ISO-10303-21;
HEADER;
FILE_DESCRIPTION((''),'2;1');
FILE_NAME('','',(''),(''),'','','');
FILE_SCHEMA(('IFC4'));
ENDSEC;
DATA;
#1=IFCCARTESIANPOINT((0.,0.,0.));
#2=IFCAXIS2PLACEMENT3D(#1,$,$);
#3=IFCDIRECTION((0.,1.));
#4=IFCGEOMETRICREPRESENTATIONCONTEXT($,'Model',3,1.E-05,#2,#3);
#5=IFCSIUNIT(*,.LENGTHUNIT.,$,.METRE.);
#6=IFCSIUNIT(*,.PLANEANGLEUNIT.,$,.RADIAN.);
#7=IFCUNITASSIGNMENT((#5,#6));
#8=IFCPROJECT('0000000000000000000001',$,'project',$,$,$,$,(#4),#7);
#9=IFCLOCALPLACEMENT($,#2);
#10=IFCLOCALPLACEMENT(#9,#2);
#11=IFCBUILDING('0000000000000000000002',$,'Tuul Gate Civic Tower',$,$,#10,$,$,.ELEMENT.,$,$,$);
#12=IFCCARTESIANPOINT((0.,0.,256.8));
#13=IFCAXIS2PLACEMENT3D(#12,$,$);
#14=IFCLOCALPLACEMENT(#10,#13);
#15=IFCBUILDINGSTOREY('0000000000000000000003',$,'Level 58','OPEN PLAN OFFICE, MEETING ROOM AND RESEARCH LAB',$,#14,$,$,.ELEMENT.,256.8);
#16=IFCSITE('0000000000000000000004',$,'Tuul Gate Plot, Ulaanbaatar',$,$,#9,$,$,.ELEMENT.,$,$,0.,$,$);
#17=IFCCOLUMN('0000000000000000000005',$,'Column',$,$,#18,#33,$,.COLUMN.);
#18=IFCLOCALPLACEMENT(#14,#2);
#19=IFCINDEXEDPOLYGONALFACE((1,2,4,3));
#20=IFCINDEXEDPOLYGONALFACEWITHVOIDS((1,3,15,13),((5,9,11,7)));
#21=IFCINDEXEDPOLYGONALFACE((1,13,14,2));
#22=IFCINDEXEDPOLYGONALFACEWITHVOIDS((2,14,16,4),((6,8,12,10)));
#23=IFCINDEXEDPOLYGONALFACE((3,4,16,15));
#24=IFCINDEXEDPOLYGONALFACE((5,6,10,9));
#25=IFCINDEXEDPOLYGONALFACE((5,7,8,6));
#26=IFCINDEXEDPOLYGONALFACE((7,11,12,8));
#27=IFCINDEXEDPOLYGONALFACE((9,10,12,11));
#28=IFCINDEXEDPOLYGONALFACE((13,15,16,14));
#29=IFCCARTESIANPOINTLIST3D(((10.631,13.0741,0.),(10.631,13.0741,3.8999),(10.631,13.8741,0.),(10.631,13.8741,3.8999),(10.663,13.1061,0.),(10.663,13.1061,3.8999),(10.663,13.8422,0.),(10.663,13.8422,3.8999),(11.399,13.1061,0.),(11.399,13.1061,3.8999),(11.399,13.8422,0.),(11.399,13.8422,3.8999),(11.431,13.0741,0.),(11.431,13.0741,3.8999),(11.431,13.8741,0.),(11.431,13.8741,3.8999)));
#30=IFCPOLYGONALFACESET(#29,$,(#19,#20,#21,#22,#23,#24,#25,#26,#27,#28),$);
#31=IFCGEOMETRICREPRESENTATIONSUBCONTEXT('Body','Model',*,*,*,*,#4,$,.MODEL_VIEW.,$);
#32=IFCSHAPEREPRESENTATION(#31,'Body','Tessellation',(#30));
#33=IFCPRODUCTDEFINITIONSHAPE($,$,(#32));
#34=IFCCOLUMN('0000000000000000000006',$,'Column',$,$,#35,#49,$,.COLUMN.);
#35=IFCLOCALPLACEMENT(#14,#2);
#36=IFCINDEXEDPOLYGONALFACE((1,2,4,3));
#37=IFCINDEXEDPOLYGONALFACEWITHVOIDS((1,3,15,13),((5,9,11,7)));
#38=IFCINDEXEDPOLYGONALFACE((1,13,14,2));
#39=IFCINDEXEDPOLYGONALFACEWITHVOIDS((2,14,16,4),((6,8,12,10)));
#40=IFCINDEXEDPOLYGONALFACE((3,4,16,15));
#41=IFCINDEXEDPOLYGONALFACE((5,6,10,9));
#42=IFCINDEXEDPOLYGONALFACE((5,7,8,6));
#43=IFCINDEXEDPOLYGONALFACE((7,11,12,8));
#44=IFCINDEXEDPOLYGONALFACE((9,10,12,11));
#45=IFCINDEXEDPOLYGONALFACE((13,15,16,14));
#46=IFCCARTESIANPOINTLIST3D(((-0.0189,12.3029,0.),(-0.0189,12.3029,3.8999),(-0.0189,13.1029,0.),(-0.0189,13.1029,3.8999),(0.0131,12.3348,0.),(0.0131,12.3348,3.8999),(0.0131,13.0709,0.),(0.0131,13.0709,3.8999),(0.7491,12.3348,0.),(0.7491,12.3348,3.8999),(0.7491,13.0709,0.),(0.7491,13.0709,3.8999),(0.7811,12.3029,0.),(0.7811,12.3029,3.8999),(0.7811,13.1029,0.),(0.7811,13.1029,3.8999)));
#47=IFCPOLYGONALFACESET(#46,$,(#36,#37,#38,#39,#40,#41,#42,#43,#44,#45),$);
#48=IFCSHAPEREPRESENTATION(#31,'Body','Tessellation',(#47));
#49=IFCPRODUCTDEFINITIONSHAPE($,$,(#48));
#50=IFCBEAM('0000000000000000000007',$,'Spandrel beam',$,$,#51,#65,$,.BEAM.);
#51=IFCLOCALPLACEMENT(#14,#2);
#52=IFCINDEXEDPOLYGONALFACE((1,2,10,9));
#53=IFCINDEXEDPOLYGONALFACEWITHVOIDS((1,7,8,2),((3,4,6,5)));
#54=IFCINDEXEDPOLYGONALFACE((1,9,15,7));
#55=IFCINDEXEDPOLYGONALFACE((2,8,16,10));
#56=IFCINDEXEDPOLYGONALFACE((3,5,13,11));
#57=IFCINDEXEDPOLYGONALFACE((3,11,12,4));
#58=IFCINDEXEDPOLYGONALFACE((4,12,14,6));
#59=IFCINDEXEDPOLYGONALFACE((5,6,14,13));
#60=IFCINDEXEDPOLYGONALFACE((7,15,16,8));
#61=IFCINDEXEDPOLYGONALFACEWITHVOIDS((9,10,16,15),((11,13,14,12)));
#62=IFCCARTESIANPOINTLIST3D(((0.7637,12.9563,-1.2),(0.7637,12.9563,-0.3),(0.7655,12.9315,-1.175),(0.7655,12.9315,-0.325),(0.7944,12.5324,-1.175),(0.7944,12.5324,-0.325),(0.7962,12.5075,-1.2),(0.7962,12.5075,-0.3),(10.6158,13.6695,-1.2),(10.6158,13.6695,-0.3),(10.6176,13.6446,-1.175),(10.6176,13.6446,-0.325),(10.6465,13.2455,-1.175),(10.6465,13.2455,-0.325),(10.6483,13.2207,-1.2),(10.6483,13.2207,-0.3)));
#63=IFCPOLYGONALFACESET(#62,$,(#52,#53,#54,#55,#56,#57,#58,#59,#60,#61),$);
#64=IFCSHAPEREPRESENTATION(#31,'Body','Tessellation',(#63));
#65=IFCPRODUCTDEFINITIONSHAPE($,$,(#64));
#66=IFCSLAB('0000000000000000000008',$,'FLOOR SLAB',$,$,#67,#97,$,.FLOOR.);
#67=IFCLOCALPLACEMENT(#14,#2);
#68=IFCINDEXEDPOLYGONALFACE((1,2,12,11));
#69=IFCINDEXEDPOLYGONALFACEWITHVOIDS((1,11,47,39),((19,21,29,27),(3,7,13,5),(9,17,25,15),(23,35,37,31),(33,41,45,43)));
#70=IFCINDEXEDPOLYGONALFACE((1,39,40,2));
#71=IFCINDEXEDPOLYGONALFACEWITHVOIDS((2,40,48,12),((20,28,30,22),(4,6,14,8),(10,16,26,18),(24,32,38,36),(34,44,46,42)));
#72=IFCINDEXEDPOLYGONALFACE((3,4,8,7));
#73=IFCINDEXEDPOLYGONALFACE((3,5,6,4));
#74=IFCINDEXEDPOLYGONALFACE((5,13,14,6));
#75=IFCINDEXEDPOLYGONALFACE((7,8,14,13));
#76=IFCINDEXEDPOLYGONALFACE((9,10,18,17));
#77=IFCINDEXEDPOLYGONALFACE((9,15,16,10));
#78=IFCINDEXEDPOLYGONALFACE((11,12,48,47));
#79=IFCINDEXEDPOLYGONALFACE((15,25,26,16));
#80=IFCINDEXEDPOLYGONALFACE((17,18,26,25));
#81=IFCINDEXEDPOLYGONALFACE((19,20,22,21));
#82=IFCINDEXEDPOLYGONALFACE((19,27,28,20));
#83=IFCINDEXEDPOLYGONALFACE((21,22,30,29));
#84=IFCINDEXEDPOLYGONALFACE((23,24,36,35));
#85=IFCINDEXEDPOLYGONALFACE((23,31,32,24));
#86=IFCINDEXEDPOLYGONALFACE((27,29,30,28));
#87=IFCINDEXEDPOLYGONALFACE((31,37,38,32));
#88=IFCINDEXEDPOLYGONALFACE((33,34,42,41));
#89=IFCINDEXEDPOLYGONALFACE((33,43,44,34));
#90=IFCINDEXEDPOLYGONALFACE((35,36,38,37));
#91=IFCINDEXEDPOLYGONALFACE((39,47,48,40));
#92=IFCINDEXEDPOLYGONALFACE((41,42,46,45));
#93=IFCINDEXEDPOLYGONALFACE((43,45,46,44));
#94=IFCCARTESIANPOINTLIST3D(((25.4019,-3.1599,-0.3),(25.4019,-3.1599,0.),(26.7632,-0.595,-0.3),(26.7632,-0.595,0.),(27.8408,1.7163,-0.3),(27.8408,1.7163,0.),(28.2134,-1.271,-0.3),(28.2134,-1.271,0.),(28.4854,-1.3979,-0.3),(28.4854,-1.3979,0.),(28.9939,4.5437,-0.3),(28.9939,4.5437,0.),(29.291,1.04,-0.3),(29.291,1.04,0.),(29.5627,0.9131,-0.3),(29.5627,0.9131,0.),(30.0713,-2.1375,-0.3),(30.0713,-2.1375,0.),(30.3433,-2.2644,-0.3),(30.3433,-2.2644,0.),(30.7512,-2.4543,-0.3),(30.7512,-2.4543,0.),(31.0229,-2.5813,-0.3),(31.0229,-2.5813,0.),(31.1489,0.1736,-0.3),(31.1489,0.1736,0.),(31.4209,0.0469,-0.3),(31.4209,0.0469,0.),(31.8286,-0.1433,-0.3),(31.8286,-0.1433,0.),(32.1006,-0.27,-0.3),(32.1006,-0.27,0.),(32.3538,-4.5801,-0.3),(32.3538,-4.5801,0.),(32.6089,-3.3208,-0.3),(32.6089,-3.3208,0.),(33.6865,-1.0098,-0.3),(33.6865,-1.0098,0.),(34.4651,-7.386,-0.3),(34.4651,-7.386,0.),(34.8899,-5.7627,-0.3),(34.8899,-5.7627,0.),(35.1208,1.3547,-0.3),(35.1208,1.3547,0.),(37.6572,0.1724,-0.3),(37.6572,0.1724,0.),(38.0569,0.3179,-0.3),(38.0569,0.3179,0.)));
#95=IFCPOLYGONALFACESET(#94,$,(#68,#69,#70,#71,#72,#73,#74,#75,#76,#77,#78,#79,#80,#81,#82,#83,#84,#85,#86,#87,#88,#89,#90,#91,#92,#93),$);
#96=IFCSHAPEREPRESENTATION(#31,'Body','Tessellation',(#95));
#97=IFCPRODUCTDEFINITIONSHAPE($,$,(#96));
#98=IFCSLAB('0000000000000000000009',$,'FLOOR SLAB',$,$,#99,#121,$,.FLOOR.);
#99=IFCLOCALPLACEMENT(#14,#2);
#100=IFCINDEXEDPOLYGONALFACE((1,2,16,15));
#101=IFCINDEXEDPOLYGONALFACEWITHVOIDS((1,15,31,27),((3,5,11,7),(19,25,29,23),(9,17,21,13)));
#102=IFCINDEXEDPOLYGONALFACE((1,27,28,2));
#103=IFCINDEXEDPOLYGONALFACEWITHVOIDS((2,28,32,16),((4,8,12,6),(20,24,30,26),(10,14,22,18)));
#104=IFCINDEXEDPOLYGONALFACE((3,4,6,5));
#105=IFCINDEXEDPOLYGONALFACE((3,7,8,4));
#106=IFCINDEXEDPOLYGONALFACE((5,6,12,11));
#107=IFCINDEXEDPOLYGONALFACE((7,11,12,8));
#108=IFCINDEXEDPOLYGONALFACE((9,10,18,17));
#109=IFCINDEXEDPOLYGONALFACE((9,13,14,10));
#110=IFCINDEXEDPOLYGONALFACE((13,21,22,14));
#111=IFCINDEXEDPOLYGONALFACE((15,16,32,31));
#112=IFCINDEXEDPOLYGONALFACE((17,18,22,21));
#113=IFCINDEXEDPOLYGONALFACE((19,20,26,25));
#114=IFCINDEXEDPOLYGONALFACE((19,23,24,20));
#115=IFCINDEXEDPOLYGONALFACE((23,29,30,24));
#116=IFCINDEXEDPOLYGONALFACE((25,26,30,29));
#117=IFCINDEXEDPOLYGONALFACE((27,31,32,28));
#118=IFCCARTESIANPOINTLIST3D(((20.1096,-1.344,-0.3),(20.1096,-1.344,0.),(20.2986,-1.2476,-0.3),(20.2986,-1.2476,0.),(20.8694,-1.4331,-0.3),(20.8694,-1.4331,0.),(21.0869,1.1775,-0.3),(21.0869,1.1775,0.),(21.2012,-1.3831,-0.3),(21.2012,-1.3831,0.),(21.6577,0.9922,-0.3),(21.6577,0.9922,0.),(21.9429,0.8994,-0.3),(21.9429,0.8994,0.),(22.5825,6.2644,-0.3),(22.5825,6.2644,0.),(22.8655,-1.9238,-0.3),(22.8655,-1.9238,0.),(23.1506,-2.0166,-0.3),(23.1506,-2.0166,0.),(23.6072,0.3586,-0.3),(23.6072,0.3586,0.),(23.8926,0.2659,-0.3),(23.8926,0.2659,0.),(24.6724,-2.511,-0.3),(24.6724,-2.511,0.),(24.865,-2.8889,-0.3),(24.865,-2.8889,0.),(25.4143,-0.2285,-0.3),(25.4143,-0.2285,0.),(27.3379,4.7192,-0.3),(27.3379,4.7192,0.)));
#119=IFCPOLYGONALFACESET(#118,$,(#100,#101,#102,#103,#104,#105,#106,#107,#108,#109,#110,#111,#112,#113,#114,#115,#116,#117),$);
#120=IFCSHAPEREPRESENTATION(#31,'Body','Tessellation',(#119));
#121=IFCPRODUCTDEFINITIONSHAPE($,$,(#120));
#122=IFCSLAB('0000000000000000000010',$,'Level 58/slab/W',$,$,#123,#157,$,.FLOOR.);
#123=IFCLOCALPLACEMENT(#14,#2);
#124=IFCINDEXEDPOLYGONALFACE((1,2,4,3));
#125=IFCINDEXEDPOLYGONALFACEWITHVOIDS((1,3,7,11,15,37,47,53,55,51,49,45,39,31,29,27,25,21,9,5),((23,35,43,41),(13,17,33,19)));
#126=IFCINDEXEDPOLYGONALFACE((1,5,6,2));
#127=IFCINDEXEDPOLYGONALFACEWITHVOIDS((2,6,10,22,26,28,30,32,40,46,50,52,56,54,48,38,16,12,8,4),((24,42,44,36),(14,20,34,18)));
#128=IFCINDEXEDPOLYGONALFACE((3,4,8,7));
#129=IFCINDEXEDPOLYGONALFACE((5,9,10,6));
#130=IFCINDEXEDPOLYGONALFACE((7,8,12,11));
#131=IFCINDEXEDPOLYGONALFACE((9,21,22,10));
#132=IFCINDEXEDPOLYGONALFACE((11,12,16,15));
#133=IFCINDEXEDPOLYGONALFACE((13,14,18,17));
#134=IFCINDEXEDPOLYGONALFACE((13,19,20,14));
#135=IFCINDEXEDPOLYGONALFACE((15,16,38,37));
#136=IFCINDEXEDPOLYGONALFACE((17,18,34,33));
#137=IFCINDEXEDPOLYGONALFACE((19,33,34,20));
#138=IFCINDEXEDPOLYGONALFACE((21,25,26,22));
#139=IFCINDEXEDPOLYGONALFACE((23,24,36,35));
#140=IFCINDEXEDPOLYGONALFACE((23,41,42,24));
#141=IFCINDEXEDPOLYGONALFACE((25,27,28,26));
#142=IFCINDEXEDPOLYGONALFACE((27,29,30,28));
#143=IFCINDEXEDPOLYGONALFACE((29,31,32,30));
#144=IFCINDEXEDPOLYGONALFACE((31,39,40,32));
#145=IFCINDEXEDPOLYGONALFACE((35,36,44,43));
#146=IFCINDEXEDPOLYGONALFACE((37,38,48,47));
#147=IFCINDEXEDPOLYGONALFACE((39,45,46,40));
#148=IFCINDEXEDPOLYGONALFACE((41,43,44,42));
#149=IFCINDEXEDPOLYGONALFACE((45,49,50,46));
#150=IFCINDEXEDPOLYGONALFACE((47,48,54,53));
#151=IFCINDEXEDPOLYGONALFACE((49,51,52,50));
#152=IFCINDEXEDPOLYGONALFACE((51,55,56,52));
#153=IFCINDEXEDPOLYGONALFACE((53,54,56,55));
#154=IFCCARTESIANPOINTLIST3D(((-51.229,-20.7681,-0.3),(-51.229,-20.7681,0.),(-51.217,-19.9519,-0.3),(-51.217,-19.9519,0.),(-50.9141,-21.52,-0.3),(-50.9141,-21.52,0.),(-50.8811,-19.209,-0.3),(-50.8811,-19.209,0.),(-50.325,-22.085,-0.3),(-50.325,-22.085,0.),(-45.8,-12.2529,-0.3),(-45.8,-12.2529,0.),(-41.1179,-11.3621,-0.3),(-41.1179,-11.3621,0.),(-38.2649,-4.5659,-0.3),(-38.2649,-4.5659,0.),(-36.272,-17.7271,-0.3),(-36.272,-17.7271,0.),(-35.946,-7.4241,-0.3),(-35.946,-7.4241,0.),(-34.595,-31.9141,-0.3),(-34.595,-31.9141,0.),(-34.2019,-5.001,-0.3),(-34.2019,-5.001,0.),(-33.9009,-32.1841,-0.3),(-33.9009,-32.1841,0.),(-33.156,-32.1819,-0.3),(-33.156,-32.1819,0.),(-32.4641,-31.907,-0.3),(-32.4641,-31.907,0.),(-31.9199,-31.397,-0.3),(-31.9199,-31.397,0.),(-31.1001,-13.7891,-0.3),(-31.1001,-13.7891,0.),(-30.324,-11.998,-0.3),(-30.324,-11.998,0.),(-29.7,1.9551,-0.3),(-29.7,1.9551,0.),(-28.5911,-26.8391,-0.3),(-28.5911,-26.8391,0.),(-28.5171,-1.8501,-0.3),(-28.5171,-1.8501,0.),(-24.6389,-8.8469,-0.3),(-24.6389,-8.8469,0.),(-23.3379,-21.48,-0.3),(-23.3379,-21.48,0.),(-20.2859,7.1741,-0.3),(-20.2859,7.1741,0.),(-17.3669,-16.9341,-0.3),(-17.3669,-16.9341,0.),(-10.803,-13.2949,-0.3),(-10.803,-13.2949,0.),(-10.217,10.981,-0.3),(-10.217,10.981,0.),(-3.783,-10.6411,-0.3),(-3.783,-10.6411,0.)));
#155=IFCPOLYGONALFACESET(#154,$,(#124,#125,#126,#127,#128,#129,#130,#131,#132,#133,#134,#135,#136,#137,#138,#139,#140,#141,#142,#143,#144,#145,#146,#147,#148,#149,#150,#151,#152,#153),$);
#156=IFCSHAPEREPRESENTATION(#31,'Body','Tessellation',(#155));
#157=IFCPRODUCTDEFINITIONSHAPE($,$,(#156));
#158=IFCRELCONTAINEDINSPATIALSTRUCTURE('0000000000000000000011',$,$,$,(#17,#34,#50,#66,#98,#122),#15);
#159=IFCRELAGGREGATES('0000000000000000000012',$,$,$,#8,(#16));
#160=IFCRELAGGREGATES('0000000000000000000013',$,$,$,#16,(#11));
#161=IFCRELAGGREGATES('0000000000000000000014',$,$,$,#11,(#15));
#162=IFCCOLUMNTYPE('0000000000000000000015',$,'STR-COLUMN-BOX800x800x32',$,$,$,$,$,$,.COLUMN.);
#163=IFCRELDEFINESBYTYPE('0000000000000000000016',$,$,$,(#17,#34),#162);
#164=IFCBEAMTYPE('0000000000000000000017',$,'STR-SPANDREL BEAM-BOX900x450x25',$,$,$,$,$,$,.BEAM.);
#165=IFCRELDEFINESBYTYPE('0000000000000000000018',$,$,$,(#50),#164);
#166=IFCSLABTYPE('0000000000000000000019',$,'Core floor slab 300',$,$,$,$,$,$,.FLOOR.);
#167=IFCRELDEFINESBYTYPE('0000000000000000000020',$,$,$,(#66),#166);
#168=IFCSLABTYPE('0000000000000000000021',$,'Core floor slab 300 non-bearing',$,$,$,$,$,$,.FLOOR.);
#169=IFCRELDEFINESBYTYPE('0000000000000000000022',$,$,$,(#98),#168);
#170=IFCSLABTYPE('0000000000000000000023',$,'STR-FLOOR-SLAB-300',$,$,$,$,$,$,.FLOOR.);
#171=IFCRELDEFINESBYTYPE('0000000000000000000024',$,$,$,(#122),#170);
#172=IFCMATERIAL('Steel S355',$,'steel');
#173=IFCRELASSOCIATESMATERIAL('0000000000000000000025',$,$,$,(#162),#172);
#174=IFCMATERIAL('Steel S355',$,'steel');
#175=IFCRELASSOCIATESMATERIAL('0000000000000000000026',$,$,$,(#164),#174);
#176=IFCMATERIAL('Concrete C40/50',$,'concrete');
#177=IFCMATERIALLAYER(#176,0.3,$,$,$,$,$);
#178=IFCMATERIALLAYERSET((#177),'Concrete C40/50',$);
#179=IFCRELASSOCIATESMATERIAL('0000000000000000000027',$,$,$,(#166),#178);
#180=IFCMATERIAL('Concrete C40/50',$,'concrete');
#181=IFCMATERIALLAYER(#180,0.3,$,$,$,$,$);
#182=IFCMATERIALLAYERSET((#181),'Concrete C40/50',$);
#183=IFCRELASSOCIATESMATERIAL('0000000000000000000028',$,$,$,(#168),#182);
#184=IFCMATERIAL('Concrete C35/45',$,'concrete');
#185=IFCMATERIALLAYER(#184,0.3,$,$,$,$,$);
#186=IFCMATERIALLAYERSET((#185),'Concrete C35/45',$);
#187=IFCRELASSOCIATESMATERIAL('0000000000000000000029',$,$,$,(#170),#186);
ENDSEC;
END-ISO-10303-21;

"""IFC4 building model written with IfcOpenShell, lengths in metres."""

from ifc_helpers import new_model, si_unit, direction, frame, origin, origin_2d, place, context, subcontext, project, spatial, polyline, hollow_rectangle, outline, extrude, material, layer, layer_set, material_profile, profile_set, type_object, element, save


model = new_model("IFC4")

# Units and contexts
model_context = context("Model", 3, precision=1e-05, world=origin(), true_north=direction((0.0, 1.0)))
body_context = subcontext(model_context, "Body", "Model", "MODEL_VIEW")
ifc_project = project(units=[si_unit("LENGTHUNIT", "METRE"), si_unit("PLANEANGLEUNIT", "RADIAN")], contexts=[model_context])

# Site, building, storey
site_placement = place(None, origin())
site = spatial("IfcSite", under=ifc_project, at=site_placement, Name="Tuul Gate Plot, Ulaanbaatar", CompositionType="ELEMENT", RefElevation=0.0)
building_placement = place(site_placement, origin())
building = spatial("IfcBuilding", under=site, at=building_placement, Name="Tuul Gate Civic Tower", CompositionType="ELEMENT")
storey_placement = place(building_placement, frame((0.0, 0.0, 256.8)))
storey = spatial("IfcBuildingStorey", under=building, at=storey_placement, Name="Level 58", Description="OPEN PLAN OFFICE, MEETING ROOM AND RESEARCH LAB", CompositionType="ELEMENT", Elevation=256.8)

# Columns
ifc_material_1 = material(Name="Steel S355", Category="steel")
ifc_material_profile_1 = material_profile(ifc_material_1, hollow_rectangle(XDim=0.8, YDim=0.8, WallThickness=0.032, at=origin_2d()), Name="BOX800x800x32")
ifc_profile_set_1 = profile_set([ifc_material_profile_1], Name="Steel S355")
column_type = type_object("IfcColumnType", Name="STR-COLUMN-BOX800x800x32", PredefinedType="COLUMN", material=ifc_profile_set_1)
for number, where, z_axis, x_axis, name in (
    (1, (11.031, 13.4741, 0.0), (0.0, 0.0, 1.0), (1.0, 0.0, 0.0), "Column"),
    (2, (0.3811, 12.7029, 0.0), (0.0, 0.0, 1.0), (1.0, 0.0, 0.0), "Column"),
):
    element("IfcColumn", number, at=place(storey_placement, frame(where, z_axis=z_axis, x_axis=x_axis)), inside=storey, type_object=column_type, Name=name, PredefinedType="COLUMN", context=body_context, shape_type="SweptSolid", body=[
        extrude(hollow_rectangle(XDim=0.8, YDim=0.8, WallThickness=0.032, at=origin_2d()), origin(), (0.0, 0.0, 1.0), 3.8999),
    ])

# Beam
ifc_material_2 = material(Name="Steel S355", Category="steel")
ifc_material_profile_2 = material_profile(ifc_material_2, hollow_rectangle(XDim=0.45, YDim=0.8999, WallThickness=0.0249, at=origin_2d()), Name="BOX900x450x25")
ifc_profile_set_2 = profile_set([ifc_material_profile_2], Name="Steel S355")
beam_type = type_object("IfcBeamType", Name="STR-SPANDREL BEAM-BOX900x450x25", PredefinedType="BEAM", material=ifc_profile_set_2)
beam_placement = place(storey_placement, frame((10.6321, 13.4451, -0.75), z_axis=(-0.99739, -0.072196, 0.0), x_axis=(0.072196, -0.99739, 0.0)))
element("IfcBeam", 3, at=beam_placement, inside=storey, type_object=beam_type, Name="Spandrel beam", PredefinedType="BEAM", context=body_context, shape_type="SweptSolid", body=[
    extrude(hollow_rectangle(XDim=0.45, YDim=0.8999, WallThickness=0.0249, at=origin_2d()), origin(), (0.0, 0.0, 1.0), 9.8779),
])

# Slabs
ifc_material_3 = material(Name="Concrete C40/50", Category="concrete")
ifc_layer_1 = layer(ifc_material_3, 0.3)
ifc_layer_set_1 = layer_set([ifc_layer_1], Name="Concrete C40/50")
slab_type_1 = type_object("IfcSlabType", Name="Core floor slab 300", PredefinedType="FLOOR", material=ifc_layer_set_1)
slab_1_placement = place(storey_placement, frame((0.0, 0.0, -0.3)))
element("IfcSlab", 4, at=slab_1_placement, inside=storey, type_object=slab_type_1, Name="FLOOR SLAB", PredefinedType="FLOOR", context=body_context, shape_type="SweptSolid", body=[
    extrude(outline(polyline([(34.4651, -7.386), (38.0569, 0.3179), (28.9939, 4.5437), (25.4019, -3.1599), (34.4651, -7.386)]), holes=[polyline([(32.6089, -3.3208), (33.6865, -1.0098), (32.1006, -0.27), (31.0229, -2.5813), (32.6089, -3.3208)]), polyline([(30.0713, -2.1375), (31.1489, 0.1736), (29.5627, 0.9131), (28.4854, -1.3979), (30.0713, -2.1375)]), polyline([(30.7512, -2.4543), (31.8286, -0.1433), (31.4209, 0.0469), (30.3433, -2.2644), (30.7512, -2.4543)]), polyline([(28.2134, -1.271), (29.291, 1.04), (27.8408, 1.7163), (26.7632, -0.595), (28.2134, -1.271)]), polyline([(34.8899, -5.7627), (32.3538, -4.5801), (35.1208, 1.3547), (37.6572, 0.1724), (34.8899, -5.7627)])]), origin(), (0.0, 0.0, 1.0), 0.3),
])
ifc_material_4 = material(Name="Concrete C40/50", Category="concrete")
ifc_layer_2 = layer(ifc_material_4, 0.3)
ifc_layer_set_2 = layer_set([ifc_layer_2], Name="Concrete C40/50")
slab_type_2 = type_object("IfcSlabType", Name="Core floor slab 300 non-bearing", PredefinedType="FLOOR", material=ifc_layer_set_2)
slab_2_placement = place(storey_placement, frame((0.0, 0.0, -0.3)))
element("IfcSlab", 5, at=slab_2_placement, inside=storey, type_object=slab_type_2, Name="FLOOR SLAB", PredefinedType="FLOOR", context=body_context, shape_type="SweptSolid", body=[
    extrude(outline(polyline([(24.865, -2.8889), (27.3379, 4.7192), (22.5825, 6.2644), (20.1096, -1.344), (24.865, -2.8889)]), holes=[polyline([(24.6724, -2.511), (25.4143, -0.2285), (23.8926, 0.2659), (23.1506, -2.0166), (24.6724, -2.511)]), polyline([(22.8655, -1.9238), (23.6072, 0.3586), (21.9429, 0.8994), (21.2012, -1.3831), (22.8655, -1.9238)]), polyline([(20.8694, -1.4331), (21.6577, 0.9922), (21.0869, 1.1775), (20.2986, -1.2476), (20.8694, -1.4331)])]), origin(), (0.0, 0.0, 1.0), 0.3),
])
ifc_material_5 = material(Name="Concrete C35/45", Category="concrete")
ifc_layer_3 = layer(ifc_material_5, 0.3)
ifc_layer_set_3 = layer_set([ifc_layer_3], Name="Concrete C35/45")
slab_type_3 = type_object("IfcSlabType", Name="STR-FLOOR-SLAB-300", PredefinedType="FLOOR", material=ifc_layer_set_3)
slab_3_placement = place(storey_placement, frame((0.0, 0.0, -0.3)))
element("IfcSlab", 6, at=slab_3_placement, inside=storey, type_object=slab_type_3, Name="Level 58/slab/W", PredefinedType="FLOOR", context=body_context, shape_type="SweptSolid", body=[
    extrude(outline(polyline([(-10.803, -13.2949), (-3.783, -10.6411), (-10.217, 10.981), (-20.2859, 7.1741), (-29.7, 1.9551), (-38.2649, -4.5659), (-45.8, -12.2529), (-50.8811, -19.209), (-51.217, -19.9519), (-51.229, -20.7681), (-50.9141, -21.52), (-50.325, -22.085), (-34.595, -31.9141), (-33.9009, -32.1841), (-33.156, -32.1819), (-32.4641, -31.907), (-31.9199, -31.397), (-28.5911, -26.8391), (-23.3379, -21.48), (-17.3669, -16.9341), (-10.803, -13.2949)]), holes=[polyline([(-31.1001, -13.7891), (-36.272, -17.7271), (-41.1179, -11.3621), (-35.946, -7.4241), (-31.1001, -13.7891)]), polyline([(-24.6389, -8.8469), (-30.324, -11.998), (-34.2019, -5.001), (-28.5171, -1.8501), (-24.6389, -8.8469)])]), origin(), (0.0, 0.0, 1.0), 0.3),
])

save(model, "model.ifc")
